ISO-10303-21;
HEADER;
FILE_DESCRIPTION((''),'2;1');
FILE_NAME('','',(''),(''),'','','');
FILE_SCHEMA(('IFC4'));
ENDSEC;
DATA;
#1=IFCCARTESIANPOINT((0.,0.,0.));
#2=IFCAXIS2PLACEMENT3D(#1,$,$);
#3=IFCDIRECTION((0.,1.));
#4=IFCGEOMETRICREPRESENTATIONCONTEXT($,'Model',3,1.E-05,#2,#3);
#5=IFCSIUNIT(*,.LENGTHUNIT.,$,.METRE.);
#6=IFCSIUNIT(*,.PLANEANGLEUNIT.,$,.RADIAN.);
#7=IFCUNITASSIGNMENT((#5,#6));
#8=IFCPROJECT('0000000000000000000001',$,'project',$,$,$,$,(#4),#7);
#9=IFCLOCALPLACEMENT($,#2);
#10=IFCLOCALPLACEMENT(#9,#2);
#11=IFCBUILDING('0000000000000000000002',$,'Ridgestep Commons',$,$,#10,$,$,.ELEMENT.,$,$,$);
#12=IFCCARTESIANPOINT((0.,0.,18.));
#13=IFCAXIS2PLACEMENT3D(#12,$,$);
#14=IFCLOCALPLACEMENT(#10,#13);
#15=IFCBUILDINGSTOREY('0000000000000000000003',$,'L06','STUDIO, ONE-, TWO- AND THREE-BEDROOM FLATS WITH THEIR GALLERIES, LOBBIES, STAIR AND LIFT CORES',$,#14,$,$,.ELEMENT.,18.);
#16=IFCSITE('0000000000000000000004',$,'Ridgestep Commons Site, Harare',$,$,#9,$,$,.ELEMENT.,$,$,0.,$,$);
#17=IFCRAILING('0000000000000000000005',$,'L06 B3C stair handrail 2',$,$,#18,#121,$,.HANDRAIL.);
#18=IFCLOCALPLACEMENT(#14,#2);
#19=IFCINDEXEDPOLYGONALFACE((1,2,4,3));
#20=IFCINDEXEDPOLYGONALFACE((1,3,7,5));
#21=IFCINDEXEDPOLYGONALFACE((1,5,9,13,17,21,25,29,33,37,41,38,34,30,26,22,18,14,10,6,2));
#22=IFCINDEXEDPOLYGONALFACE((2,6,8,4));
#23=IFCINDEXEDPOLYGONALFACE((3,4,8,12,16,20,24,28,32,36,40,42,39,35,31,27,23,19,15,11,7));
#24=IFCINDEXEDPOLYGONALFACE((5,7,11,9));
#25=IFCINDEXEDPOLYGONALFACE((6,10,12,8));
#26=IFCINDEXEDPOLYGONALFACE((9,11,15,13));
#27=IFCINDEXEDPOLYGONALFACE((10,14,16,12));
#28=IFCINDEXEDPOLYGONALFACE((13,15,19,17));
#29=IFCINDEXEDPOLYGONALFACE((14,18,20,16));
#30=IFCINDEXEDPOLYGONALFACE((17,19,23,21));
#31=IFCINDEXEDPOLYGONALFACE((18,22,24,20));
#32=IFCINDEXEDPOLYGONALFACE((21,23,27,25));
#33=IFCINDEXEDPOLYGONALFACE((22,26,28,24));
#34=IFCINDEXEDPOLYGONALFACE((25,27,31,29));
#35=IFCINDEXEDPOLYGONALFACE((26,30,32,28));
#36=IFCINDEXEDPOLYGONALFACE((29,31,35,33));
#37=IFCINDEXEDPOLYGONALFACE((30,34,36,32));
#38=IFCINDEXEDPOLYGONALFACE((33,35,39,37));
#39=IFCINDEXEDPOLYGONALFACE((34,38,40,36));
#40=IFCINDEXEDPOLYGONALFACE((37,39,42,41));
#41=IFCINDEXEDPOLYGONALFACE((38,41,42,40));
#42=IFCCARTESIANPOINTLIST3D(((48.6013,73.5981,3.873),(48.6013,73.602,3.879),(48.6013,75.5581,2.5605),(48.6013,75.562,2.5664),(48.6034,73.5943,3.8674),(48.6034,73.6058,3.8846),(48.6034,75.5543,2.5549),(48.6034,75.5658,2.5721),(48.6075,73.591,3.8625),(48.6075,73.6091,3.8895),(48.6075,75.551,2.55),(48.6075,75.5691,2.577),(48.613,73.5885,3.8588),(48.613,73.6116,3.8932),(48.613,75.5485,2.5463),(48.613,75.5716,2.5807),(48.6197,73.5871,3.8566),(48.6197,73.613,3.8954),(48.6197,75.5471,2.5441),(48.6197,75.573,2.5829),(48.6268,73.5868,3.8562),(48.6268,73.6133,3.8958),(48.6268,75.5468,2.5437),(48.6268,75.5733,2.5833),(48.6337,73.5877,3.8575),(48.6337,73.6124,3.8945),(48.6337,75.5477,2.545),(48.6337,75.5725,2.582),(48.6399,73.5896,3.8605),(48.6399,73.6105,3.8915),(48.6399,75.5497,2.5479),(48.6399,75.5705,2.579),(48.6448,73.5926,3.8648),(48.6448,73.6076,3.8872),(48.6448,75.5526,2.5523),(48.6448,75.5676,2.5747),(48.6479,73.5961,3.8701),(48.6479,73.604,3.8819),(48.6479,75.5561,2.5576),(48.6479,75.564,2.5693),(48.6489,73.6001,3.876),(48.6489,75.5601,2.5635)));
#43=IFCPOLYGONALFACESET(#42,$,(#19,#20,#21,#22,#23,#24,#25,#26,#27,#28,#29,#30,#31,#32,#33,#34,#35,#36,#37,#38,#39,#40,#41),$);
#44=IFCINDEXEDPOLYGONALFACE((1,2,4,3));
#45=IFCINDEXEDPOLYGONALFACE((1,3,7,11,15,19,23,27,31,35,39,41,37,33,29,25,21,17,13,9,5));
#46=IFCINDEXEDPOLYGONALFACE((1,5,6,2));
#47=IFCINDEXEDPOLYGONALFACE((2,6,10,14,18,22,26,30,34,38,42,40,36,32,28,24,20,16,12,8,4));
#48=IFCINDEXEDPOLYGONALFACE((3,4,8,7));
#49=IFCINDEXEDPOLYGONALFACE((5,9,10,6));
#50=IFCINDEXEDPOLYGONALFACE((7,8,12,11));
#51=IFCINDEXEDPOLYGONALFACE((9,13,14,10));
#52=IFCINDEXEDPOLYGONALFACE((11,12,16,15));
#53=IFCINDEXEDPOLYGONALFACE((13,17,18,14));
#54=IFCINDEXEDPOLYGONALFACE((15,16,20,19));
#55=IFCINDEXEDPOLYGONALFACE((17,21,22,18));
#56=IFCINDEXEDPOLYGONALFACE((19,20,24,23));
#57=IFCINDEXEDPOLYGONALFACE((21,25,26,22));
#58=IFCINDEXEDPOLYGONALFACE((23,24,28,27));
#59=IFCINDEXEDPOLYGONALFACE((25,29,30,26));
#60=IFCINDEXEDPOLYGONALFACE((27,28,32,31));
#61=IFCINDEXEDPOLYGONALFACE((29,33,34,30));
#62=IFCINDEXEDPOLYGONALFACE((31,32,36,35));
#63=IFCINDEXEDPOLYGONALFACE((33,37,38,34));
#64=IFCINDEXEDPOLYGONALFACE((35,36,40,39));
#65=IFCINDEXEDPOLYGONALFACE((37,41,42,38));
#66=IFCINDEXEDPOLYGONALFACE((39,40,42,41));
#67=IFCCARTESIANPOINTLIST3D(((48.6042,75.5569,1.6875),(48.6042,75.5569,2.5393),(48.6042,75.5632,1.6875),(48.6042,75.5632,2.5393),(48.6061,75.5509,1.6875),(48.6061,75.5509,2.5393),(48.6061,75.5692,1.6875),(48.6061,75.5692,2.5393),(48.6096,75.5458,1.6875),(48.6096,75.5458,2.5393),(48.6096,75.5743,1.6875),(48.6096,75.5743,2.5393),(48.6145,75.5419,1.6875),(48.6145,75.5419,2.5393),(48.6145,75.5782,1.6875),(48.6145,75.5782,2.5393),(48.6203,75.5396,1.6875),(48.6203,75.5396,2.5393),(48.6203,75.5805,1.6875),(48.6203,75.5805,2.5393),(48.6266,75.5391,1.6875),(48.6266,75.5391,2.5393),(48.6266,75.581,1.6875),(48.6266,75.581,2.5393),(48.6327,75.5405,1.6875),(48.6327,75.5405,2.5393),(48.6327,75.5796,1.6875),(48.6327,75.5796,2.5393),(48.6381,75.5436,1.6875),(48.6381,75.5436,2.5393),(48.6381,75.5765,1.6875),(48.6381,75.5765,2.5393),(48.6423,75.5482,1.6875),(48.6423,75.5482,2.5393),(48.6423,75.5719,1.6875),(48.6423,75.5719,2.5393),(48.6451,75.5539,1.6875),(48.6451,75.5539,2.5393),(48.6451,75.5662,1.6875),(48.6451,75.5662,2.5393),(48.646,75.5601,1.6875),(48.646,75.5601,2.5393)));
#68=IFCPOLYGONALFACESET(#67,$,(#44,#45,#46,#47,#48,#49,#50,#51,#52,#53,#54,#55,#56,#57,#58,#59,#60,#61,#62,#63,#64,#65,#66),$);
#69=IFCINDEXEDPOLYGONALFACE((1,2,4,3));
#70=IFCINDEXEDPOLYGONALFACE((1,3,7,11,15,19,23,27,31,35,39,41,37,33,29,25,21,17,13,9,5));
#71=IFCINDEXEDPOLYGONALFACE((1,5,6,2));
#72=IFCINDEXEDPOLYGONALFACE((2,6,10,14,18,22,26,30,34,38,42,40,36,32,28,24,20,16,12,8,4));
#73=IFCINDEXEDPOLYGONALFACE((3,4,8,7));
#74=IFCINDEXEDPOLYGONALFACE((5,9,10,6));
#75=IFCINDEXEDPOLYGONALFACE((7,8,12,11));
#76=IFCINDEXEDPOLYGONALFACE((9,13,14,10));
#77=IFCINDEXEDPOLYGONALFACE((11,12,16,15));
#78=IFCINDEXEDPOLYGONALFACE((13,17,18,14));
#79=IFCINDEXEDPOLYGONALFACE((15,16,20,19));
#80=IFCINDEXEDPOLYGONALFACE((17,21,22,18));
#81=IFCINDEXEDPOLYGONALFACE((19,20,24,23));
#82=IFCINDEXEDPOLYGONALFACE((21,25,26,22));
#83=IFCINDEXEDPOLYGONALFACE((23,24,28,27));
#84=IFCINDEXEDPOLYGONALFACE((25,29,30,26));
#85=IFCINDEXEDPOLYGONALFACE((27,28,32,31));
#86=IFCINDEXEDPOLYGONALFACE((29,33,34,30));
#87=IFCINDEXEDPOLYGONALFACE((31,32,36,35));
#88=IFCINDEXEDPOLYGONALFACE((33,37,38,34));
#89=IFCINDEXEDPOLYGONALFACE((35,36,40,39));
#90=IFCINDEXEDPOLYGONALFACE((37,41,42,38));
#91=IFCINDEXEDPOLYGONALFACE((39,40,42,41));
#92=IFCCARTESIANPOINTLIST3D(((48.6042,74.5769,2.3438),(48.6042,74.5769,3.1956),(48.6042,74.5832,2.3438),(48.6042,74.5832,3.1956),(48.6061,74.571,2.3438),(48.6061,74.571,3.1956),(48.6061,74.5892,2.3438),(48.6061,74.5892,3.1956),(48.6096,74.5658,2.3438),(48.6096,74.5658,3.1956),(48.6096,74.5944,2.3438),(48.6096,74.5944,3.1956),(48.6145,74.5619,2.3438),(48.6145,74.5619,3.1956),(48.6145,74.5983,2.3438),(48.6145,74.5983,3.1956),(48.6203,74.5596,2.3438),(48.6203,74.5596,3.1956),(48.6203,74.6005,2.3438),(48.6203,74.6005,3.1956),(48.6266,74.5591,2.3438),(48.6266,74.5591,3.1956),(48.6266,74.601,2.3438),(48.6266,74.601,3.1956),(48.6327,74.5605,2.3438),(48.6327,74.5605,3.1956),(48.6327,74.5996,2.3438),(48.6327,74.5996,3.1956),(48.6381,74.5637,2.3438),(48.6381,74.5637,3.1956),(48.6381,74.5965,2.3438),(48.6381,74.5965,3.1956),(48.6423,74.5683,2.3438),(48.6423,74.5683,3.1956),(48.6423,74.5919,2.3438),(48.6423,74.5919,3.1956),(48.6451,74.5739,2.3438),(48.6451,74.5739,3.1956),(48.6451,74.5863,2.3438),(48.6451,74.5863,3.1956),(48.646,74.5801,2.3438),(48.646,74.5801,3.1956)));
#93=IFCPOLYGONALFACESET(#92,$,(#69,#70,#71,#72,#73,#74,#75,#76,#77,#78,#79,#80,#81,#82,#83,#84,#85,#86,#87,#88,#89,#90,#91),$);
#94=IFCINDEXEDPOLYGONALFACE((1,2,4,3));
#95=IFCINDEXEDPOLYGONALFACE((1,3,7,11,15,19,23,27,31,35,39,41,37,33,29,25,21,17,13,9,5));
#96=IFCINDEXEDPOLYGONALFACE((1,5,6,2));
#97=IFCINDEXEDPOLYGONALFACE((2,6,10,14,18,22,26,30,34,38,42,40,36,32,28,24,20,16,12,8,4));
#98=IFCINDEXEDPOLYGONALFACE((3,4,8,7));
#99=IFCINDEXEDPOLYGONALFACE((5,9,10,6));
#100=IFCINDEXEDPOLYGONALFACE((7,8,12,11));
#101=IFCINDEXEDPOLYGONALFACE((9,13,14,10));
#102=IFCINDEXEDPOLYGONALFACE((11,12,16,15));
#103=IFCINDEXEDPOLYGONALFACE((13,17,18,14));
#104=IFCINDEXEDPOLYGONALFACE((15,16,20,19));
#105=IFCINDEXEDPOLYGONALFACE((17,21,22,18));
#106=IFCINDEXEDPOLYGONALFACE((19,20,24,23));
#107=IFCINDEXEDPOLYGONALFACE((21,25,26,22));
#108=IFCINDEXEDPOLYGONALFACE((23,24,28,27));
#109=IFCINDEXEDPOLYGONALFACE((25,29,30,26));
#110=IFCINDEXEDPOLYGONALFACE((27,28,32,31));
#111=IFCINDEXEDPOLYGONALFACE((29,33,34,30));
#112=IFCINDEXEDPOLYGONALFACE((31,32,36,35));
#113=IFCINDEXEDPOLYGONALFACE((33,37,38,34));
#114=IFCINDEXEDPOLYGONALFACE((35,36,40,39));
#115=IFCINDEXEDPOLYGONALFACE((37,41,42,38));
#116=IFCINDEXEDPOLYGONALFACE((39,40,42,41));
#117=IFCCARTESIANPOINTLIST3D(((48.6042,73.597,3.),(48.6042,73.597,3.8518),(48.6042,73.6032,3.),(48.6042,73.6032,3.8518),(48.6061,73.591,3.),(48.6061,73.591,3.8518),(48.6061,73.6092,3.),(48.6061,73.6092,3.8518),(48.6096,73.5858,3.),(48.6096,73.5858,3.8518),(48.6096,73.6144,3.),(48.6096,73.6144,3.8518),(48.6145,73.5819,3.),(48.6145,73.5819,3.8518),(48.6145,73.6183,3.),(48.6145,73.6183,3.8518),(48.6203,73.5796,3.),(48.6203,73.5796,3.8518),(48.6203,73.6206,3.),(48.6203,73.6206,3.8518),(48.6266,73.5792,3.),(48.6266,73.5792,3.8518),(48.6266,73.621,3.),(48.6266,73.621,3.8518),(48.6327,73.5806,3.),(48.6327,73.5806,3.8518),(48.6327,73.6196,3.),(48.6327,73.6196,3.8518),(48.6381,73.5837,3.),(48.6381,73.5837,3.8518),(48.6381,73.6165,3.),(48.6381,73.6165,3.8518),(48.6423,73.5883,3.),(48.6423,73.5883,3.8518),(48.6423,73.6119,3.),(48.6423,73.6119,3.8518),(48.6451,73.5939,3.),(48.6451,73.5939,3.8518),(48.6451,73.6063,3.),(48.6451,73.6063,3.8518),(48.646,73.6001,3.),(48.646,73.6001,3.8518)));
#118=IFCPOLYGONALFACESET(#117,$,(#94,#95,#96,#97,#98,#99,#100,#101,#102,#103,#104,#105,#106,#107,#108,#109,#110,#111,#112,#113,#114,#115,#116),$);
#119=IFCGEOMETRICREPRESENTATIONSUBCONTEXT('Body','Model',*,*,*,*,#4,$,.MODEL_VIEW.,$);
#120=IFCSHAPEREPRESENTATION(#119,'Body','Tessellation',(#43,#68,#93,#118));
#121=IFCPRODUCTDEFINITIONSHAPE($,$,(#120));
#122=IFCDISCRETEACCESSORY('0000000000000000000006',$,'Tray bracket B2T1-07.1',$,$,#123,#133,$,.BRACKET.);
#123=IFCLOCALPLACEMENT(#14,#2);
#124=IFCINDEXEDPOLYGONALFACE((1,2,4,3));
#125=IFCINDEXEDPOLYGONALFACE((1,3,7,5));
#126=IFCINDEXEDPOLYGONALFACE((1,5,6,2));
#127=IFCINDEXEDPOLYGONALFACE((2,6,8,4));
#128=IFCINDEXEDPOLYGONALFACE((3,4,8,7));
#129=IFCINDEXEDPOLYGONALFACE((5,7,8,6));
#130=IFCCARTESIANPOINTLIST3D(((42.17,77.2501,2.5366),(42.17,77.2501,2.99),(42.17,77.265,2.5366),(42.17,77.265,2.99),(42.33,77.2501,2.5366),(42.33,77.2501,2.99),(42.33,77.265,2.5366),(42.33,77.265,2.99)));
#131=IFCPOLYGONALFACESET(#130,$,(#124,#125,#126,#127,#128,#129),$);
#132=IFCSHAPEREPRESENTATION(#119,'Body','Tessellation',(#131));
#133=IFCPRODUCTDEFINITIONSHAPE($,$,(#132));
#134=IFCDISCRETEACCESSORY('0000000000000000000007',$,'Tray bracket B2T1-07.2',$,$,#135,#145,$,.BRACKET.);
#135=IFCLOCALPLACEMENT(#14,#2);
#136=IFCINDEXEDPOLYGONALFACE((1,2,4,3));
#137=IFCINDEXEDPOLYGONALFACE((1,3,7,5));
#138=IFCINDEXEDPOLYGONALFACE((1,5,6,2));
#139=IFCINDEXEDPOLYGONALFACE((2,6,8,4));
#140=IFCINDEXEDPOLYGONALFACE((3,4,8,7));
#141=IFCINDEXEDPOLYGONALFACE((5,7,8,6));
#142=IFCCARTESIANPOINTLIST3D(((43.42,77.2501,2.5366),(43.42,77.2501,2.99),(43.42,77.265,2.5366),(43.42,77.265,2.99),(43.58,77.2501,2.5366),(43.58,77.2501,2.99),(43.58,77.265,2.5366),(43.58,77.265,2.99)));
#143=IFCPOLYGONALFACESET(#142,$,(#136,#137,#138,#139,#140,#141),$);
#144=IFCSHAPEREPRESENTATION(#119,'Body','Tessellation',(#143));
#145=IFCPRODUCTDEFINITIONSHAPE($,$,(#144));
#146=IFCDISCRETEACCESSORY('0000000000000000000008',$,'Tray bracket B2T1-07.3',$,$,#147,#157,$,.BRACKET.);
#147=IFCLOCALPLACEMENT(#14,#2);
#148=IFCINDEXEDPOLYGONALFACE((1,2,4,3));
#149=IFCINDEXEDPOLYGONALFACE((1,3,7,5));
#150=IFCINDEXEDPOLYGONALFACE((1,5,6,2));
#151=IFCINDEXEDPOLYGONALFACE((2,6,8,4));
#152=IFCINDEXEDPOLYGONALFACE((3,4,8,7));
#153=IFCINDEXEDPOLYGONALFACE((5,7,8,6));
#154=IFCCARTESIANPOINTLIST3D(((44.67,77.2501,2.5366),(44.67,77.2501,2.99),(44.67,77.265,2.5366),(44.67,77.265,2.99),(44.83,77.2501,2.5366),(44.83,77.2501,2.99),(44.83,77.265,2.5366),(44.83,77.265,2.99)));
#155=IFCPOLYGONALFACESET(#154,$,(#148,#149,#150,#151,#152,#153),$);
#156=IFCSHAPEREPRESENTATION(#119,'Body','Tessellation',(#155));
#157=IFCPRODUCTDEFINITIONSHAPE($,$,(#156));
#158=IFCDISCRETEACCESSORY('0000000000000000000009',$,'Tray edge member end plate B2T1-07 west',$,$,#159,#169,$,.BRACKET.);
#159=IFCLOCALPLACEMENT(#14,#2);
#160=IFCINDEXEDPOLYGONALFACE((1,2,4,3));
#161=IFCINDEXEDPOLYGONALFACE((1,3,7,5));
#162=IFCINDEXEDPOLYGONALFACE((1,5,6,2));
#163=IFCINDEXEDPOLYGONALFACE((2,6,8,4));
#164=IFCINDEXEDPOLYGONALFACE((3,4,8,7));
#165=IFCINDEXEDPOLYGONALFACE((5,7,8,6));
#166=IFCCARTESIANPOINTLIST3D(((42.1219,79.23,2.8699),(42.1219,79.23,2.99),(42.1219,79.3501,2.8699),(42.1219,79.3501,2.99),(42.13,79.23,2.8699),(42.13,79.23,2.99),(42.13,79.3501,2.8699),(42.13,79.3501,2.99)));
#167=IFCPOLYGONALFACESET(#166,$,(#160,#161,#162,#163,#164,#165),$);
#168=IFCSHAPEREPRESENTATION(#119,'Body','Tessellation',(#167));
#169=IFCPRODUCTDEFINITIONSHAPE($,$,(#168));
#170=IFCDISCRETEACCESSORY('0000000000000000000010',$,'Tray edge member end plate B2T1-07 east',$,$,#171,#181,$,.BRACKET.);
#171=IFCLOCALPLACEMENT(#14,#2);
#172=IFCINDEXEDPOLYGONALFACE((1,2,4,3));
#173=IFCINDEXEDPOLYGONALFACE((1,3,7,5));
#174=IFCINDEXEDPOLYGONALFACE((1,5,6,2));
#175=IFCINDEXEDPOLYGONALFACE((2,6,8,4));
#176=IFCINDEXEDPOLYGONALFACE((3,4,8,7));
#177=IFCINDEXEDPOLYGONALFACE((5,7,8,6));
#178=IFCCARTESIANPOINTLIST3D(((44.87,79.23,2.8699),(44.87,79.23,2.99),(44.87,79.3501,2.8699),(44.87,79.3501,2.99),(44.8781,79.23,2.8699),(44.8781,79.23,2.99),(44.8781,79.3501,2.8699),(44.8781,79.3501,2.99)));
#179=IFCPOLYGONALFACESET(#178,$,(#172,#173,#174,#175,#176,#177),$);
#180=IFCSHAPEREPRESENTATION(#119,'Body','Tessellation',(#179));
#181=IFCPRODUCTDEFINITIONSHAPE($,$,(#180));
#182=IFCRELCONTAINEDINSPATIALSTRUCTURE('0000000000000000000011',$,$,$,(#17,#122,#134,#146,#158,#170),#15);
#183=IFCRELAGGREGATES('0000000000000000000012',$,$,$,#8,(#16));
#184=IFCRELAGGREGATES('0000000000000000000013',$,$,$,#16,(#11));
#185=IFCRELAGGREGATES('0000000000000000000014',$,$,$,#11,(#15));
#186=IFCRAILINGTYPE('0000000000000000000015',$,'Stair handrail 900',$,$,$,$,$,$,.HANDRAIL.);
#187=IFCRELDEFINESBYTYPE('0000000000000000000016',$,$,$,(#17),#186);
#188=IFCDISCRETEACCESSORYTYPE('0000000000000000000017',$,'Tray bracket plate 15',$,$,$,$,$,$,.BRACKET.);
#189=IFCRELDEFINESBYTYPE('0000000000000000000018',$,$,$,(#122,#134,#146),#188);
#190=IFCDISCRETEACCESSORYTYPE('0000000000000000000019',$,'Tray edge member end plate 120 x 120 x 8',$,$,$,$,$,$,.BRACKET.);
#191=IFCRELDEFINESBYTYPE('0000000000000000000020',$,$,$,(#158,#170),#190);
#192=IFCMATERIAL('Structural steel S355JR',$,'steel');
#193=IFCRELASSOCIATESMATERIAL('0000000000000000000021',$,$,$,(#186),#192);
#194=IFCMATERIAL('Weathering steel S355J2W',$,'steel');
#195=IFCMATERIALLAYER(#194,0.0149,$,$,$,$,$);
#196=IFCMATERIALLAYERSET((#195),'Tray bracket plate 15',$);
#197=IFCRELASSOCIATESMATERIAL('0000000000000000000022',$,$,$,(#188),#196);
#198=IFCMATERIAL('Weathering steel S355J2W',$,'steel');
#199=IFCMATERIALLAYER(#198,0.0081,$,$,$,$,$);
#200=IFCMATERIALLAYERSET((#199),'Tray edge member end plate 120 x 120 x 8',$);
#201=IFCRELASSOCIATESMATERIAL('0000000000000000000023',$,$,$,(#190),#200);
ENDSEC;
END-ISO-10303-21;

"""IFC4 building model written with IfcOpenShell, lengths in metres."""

from ifc_helpers import new_model, si_unit, direction, frame, origin, origin_2d, place, context, subcontext, project, spatial, rectangle, circle, extrude, material, layer, layer_set, type_object, element, save


model = new_model("IFC4")

# Units and contexts
model_context = context("Model", 3, precision=1e-05, world=origin(), true_north=direction((0.0, 1.0)))
body_context = subcontext(model_context, "Body", "Model", "MODEL_VIEW")
ifc_project = project(units=[si_unit("LENGTHUNIT", "METRE"), si_unit("PLANEANGLEUNIT", "RADIAN")], contexts=[model_context])

# Site, building, storey
site_placement = place(None, origin())
site = spatial("IfcSite", under=ifc_project, at=site_placement, Name="Ridgestep Commons Site, Harare", CompositionType="ELEMENT", RefElevation=0.0)
building_placement = place(site_placement, origin())
building = spatial("IfcBuilding", under=site, at=building_placement, Name="Ridgestep Commons", CompositionType="ELEMENT")
storey_placement = place(building_placement, frame((0.0, 0.0, 18.0)))
storey = spatial("IfcBuildingStorey", under=building, at=storey_placement, Name="L06", Description="STUDIO, ONE-, TWO- AND THREE-BEDROOM FLATS WITH THEIR GALLERIES, LOBBIES, STAIR AND LIFT CORES", CompositionType="ELEMENT", Elevation=18.0)

# Railing
ifc_material_1 = material(Name="Structural steel S355JR", Category="steel")
railing_type_1 = type_object("IfcRailingType", Name="Stair handrail 900", PredefinedType="HANDRAIL", material=ifc_material_1)
railing_1_placement = place(storey_placement, frame((48.625, 75.5601, 1.6875)))
element("IfcRailing", 1, at=railing_1_placement, inside=storey, type_object=railing_type_1, Name="L06 B3C stair handrail 2", PredefinedType="HANDRAIL", context=body_context, shape_type="SweptSolid", body=[
    extrude(circle(Radius=0.0239, at=origin_2d()), frame((0.0, 0.0, 0.876), z_axis=(0.0, -0.830902, 0.556419), x_axis=(1.0, 0.0, 0.0)), (0.0, 0.0, 1.0), 2.3589),
    extrude(circle(Radius=0.021, at=origin_2d()), origin(), (0.0, 0.0, 1.0), 0.8518),
    extrude(circle(Radius=0.021, at=origin_2d()), frame((0.0, -0.98, 0.6562)), (0.0, 0.0, 1.0), 0.8518),
    extrude(circle(Radius=0.021, at=origin_2d()), frame((0.0, -1.96, 1.3125)), (0.0, 0.0, 1.0), 0.8518),
])

# Discrete accessories
ifc_material_2 = material(Name="Weathering steel S355J2W", Category="steel")
ifc_layer_1 = layer(ifc_material_2, 0.0149)
ifc_layer_set_1 = layer_set([ifc_layer_1], Name="Tray bracket plate 15")
discrete_accessory_type_1 = type_object("IfcDiscreteAccessoryType", Name="Tray bracket plate 15", PredefinedType="BRACKET", material=ifc_layer_set_1)
for number, where, z_axis, x_axis, name in (
    (2, (42.25, 77.2576, 2.5366), (0.0, 0.0, 1.0), (1.0, 0.0, 0.0), "Tray bracket B2T1-07.1"),
    (3, (43.5, 77.2576, 2.5366), (0.0, 0.0, 1.0), (1.0, 0.0, 0.0), "Tray bracket B2T1-07.2"),
    (4, (44.75, 77.2576, 2.5366), (0.0, 0.0, 1.0), (1.0, 0.0, 0.0), "Tray bracket B2T1-07.3"),
):
    element("IfcDiscreteAccessory", number, at=place(storey_placement, frame(where, z_axis=z_axis, x_axis=x_axis)), inside=storey, type_object=discrete_accessory_type_1, Name=name, PredefinedType="BRACKET", context=body_context, shape_type="SweptSolid", body=[
        extrude(rectangle(XDim=0.1599, YDim=0.0149, at=origin_2d()), origin(), (0.0, 0.0, 1.0), 0.4534),
    ])
ifc_material_3 = material(Name="Weathering steel S355J2W", Category="steel")
ifc_layer_2 = layer(ifc_material_3, 0.0081)
ifc_layer_set_2 = layer_set([ifc_layer_2], Name="Tray edge member end plate 120 x 120 x 8")
discrete_accessory_type_2 = type_object("IfcDiscreteAccessoryType", Name="Tray edge member end plate 120 x 120 x 8", PredefinedType="BRACKET", material=ifc_layer_set_2)
for number, where, z_axis, x_axis, name in (
    (5, (42.126, 79.29, 2.8699), (0.0, 0.0, 1.0), (1.0, 0.0, 0.0), "Tray edge member end plate B2T1-07 west"),
    (6, (44.874, 79.29, 2.8699), (0.0, 0.0, 1.0), (1.0, 0.0, 0.0), "Tray edge member end plate B2T1-07 east"),
):
    element("IfcDiscreteAccessory", number, at=place(storey_placement, frame(where, z_axis=z_axis, x_axis=x_axis)), inside=storey, type_object=discrete_accessory_type_2, Name=name, PredefinedType="BRACKET", context=body_context, shape_type="SweptSolid", body=[
        extrude(rectangle(XDim=0.0081, YDim=0.1201, at=origin_2d()), origin(), (0.0, 0.0, 1.0), 0.1201),
    ])

save(model, "model.ifc")
